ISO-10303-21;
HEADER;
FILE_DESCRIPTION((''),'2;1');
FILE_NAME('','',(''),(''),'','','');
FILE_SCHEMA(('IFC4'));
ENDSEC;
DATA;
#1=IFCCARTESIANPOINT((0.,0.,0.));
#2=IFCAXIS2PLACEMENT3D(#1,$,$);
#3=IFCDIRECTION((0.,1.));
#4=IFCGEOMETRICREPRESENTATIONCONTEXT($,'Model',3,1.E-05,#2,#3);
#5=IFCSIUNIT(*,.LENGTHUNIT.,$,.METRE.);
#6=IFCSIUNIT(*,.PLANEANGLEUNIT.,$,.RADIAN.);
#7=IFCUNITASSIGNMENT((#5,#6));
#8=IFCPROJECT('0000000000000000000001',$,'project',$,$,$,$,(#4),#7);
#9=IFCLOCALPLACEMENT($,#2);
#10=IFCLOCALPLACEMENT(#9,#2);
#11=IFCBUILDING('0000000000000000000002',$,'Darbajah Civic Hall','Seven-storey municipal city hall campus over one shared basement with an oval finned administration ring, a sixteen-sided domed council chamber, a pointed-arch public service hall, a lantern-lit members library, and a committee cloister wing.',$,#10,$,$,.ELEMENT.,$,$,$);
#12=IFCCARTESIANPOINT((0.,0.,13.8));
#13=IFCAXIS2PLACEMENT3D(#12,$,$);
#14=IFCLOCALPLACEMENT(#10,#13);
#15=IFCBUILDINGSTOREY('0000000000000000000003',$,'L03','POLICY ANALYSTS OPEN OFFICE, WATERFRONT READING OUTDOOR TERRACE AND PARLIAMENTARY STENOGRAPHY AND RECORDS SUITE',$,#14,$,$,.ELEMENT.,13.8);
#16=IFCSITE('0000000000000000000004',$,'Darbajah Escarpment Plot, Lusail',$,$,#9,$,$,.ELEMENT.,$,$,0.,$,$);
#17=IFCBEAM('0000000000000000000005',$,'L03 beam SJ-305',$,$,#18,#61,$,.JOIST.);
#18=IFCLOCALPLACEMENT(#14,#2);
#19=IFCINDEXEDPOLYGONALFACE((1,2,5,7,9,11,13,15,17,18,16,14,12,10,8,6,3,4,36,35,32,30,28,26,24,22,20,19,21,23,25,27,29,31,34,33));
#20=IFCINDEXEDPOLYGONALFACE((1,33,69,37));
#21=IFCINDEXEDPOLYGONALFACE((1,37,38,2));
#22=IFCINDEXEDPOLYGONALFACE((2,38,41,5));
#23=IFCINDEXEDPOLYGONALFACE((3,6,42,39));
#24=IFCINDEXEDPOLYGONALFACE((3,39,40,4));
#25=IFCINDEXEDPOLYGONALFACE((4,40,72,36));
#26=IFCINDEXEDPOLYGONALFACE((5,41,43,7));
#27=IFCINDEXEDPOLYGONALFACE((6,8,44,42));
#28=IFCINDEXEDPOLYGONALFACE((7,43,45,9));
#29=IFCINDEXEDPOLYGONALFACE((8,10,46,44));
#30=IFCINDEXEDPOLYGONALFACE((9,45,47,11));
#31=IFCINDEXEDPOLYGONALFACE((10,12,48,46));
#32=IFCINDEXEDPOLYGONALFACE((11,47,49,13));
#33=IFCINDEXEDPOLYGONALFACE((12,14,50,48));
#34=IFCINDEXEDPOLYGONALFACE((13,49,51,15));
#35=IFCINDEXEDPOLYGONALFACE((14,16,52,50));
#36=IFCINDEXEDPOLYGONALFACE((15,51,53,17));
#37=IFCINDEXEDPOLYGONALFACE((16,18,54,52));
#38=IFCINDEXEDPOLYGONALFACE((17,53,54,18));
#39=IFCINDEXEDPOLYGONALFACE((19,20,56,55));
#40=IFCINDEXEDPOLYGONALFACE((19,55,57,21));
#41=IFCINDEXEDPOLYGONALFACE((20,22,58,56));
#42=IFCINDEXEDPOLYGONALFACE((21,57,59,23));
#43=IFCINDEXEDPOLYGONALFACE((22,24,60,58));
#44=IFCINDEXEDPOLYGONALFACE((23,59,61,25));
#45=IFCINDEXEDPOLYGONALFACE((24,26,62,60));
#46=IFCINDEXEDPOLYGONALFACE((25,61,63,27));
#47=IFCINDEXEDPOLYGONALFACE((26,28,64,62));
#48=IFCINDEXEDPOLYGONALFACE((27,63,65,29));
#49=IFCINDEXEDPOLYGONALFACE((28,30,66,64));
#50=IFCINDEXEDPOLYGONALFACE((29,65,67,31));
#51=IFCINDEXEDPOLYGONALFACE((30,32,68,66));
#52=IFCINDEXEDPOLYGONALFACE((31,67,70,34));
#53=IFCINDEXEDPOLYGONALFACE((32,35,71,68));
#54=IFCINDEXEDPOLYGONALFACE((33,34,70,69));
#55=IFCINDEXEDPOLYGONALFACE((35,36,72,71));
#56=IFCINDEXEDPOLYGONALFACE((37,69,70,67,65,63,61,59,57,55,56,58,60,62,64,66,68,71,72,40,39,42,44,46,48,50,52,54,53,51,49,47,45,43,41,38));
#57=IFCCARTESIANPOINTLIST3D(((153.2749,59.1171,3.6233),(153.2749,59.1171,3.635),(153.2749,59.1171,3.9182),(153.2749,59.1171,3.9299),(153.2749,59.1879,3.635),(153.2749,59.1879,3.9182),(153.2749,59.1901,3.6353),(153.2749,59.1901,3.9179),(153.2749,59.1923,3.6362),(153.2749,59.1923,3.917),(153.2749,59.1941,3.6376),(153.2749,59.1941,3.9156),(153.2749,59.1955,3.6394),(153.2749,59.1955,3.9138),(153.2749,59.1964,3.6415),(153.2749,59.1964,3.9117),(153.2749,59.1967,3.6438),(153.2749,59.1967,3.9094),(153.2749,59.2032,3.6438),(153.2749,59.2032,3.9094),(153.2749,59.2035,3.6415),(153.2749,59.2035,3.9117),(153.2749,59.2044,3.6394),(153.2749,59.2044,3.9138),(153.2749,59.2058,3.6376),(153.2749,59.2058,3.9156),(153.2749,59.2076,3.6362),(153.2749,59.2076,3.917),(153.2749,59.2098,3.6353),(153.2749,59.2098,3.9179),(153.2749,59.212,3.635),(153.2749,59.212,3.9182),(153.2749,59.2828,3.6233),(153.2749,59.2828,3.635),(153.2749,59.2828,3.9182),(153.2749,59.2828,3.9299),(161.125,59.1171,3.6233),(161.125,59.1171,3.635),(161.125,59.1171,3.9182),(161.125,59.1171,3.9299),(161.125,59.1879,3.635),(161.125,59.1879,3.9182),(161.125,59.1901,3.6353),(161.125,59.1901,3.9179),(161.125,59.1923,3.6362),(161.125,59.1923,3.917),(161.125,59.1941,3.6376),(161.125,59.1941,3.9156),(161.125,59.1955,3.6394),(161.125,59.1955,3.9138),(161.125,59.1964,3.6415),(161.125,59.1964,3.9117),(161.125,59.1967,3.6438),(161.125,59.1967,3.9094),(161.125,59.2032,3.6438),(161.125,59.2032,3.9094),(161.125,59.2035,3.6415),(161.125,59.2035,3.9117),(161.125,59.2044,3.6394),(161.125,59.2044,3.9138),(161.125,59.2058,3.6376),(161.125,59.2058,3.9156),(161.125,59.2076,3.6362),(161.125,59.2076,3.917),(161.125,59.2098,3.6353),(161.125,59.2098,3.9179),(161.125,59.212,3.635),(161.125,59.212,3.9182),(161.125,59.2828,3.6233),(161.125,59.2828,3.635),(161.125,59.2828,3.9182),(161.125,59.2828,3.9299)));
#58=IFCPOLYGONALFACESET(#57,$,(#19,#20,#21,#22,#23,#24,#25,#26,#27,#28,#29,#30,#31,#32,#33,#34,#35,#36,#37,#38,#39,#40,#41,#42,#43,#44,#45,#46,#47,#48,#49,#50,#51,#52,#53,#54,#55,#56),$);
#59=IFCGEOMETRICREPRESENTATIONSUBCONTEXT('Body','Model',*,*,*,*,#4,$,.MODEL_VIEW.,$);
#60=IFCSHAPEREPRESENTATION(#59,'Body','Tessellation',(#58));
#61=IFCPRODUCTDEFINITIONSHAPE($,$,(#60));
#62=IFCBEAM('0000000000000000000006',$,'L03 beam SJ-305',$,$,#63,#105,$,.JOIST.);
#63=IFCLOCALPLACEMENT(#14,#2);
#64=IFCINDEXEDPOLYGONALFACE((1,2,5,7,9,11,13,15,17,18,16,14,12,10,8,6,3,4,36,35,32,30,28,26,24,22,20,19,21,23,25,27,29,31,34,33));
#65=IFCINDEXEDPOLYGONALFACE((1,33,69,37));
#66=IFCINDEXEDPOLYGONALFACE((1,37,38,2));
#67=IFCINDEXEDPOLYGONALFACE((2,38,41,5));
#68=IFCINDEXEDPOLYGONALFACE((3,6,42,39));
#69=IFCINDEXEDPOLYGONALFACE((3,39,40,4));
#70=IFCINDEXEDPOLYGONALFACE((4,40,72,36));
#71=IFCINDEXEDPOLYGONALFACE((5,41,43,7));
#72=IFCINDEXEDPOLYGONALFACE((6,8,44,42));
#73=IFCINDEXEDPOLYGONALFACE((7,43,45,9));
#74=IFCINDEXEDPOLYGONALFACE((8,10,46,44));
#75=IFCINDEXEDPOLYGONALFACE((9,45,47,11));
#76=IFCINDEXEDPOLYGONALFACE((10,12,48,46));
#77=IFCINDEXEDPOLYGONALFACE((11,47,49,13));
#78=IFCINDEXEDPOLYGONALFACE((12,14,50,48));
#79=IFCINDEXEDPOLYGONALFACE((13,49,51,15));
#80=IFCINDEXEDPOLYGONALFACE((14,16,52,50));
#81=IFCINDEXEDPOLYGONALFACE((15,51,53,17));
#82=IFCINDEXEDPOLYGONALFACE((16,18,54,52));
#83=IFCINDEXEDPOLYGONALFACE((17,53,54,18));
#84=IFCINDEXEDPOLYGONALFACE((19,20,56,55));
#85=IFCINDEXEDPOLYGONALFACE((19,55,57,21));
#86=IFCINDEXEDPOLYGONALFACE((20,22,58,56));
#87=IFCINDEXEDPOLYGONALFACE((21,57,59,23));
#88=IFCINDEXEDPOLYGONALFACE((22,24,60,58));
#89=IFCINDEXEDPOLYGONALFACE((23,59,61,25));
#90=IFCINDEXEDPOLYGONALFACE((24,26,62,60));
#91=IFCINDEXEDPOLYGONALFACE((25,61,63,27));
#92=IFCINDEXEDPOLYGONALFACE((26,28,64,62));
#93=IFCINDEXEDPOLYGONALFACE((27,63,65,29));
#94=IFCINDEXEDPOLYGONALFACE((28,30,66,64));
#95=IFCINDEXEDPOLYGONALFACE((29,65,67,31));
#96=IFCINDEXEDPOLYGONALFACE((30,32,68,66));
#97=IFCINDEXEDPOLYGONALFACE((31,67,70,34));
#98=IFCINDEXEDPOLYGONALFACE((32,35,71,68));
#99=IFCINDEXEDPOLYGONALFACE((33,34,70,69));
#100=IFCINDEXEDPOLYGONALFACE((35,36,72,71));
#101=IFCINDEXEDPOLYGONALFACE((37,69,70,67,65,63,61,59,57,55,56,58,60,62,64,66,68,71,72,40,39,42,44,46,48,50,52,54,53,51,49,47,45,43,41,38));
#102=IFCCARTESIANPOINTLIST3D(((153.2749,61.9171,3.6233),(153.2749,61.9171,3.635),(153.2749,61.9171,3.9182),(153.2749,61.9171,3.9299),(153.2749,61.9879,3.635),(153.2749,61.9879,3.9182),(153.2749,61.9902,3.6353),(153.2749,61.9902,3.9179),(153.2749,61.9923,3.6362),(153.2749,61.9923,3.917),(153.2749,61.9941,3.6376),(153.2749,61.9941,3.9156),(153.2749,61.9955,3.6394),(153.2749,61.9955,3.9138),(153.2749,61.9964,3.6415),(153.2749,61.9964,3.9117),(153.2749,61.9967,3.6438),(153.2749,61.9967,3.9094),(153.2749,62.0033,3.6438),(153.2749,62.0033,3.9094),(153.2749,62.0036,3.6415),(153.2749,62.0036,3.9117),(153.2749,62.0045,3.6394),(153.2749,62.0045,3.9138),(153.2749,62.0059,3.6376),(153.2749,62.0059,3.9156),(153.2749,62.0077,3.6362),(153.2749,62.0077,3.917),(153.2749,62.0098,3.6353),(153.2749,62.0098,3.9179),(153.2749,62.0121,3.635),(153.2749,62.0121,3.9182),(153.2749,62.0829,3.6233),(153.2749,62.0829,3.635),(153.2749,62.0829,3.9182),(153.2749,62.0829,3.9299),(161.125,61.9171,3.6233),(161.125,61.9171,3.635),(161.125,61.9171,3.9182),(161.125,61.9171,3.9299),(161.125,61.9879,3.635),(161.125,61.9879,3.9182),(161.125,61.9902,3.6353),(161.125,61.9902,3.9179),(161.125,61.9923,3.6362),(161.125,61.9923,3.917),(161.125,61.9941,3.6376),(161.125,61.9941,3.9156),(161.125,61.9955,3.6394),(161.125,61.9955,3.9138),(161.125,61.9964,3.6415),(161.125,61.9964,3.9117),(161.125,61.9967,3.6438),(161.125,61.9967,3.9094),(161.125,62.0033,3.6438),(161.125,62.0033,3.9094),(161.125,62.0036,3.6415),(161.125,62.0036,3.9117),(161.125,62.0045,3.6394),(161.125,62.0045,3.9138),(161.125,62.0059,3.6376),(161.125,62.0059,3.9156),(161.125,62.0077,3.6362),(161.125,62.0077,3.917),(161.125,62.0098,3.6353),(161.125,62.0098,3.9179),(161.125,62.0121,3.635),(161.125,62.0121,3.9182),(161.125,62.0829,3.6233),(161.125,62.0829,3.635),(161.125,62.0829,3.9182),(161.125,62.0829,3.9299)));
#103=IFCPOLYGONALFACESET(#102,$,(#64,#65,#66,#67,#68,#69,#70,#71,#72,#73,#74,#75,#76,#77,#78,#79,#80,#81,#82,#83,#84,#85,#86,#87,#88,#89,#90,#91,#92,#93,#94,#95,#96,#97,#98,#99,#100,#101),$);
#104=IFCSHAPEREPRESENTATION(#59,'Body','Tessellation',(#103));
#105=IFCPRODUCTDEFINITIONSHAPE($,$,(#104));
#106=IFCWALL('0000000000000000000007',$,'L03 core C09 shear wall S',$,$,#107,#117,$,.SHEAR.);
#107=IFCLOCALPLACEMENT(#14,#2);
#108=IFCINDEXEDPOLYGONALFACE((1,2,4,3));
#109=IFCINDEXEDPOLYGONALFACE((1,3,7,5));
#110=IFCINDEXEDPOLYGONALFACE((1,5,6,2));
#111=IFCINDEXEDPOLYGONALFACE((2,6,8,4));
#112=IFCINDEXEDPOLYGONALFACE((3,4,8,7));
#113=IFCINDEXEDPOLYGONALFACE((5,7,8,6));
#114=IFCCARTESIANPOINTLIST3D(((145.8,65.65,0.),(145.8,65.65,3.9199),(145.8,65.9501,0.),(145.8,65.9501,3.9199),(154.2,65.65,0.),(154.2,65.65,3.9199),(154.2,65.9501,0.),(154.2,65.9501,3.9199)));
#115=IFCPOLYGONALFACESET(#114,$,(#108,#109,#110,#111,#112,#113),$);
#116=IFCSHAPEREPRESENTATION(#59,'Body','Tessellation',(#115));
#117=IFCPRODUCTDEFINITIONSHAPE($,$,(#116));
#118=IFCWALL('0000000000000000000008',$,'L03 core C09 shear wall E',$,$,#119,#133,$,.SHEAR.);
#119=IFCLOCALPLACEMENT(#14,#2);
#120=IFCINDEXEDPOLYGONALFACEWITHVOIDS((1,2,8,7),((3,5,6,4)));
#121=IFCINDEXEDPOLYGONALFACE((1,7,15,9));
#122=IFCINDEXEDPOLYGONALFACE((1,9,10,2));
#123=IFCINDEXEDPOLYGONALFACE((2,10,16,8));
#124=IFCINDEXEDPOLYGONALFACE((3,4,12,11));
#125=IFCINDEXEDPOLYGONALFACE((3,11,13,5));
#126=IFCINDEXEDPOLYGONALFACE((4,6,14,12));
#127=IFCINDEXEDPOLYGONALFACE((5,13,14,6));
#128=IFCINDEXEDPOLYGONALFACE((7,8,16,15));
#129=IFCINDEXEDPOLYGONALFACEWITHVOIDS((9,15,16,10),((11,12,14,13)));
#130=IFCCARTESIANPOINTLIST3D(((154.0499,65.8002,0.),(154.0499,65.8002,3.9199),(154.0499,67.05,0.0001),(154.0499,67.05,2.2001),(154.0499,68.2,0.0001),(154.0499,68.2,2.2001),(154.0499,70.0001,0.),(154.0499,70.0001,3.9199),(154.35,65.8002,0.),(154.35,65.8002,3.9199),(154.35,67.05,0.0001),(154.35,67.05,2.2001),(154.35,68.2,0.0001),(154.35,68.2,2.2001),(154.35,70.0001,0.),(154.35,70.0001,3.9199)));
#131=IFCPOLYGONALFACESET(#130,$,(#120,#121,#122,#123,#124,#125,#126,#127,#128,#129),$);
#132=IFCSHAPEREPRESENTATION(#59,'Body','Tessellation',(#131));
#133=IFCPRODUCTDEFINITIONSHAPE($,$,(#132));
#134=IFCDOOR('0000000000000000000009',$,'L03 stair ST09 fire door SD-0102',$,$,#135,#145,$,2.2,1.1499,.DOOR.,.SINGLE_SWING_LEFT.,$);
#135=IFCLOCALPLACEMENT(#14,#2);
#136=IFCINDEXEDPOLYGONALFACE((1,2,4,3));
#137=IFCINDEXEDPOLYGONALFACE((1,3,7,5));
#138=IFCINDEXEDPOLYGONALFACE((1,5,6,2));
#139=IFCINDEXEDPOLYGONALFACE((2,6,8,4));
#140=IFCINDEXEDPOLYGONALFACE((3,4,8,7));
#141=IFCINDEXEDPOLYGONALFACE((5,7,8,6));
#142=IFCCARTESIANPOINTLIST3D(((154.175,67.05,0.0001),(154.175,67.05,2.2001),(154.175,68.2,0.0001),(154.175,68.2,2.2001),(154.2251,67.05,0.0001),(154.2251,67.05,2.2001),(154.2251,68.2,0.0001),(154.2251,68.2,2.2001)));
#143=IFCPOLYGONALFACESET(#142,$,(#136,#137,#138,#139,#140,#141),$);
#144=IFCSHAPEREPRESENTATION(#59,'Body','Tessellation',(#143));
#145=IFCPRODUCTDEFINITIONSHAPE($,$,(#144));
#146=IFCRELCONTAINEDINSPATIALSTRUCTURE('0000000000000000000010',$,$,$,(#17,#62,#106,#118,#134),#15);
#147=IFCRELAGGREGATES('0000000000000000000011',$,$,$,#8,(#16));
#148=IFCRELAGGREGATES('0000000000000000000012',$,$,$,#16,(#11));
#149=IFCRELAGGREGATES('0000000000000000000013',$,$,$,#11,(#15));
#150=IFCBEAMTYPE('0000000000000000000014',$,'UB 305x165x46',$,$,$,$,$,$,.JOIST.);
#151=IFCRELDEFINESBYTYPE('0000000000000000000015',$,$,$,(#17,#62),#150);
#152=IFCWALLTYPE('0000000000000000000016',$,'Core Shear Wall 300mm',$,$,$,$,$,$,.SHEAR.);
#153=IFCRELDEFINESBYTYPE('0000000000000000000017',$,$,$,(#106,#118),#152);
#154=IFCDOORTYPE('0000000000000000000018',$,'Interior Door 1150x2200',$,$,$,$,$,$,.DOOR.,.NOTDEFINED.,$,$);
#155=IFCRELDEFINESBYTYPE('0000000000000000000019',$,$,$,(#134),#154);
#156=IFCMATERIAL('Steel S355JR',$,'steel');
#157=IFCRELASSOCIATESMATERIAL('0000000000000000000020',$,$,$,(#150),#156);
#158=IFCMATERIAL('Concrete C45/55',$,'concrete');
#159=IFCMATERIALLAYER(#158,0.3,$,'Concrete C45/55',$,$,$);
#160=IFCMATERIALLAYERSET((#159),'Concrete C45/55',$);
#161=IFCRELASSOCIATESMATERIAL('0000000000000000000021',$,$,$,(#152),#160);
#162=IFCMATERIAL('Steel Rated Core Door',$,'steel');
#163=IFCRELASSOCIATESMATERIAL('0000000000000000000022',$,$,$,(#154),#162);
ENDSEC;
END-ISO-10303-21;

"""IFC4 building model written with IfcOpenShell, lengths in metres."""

from ifc_helpers import new_model, si_unit, direction, frame, frame_2d, origin, origin_2d, place, context, subcontext, project, spatial, rectangle, i_section, extrude, material, layer, layer_set, material_profile, profile_set, type_object, element, fill, save


model = new_model("IFC4")

# Units and contexts
model_context = context("Model", 3, precision=1e-05, world=origin(), true_north=direction((0.0, 1.0)))
body_context = subcontext(model_context, "Body", "Model", "MODEL_VIEW")
ifc_project = project(units=[si_unit("LENGTHUNIT", "METRE"), si_unit("PLANEANGLEUNIT", "RADIAN")], contexts=[model_context])

# Site, building, storey
site_placement = place(None, origin())
site = spatial("IfcSite", under=ifc_project, at=site_placement, Name="Darbajah Escarpment Plot, Lusail", CompositionType="ELEMENT", RefElevation=0.0)
building_placement = place(site_placement, origin())
building = spatial("IfcBuilding", under=site, at=building_placement, Name="Darbajah Civic Hall", Description="Seven-storey municipal city hall campus over one shared basement with an oval finned administration ring, a sixteen-sided domed council chamber, a pointed-arch public service hall, a lantern-lit members library, and a committee cloister wing.", CompositionType="ELEMENT")
storey_placement = place(building_placement, frame((0.0, 0.0, 13.8)))
storey = spatial("IfcBuildingStorey", under=building, at=storey_placement, Name="L03", Description="POLICY ANALYSTS OPEN OFFICE, WATERFRONT READING OUTDOOR TERRACE AND PARLIAMENTARY STENOGRAPHY AND RECORDS SUITE", CompositionType="ELEMENT", Elevation=13.8)

# Shared definitions
ifc_material_1 = material(Name="Steel S355JR", Category="steel")

# Beams
ifc_material_2 = material(Name="Concrete C45/55", Category="concrete")
ifc_material_profile_1 = material_profile(ifc_material_1, i_section(OverallWidth=0.1658, OverallDepth=0.3066, WebThickness=0.0066, FlangeThickness=0.0117, FilletRadius=0.0088, at=origin_2d()), Name="UB 305x165x46")
ifc_profile_set_1 = profile_set([ifc_material_profile_1], Name="Steel S355JR")
beam_type_1 = type_object("IfcBeamType", Name="UB 305x165x46", PredefinedType="JOIST", material=ifc_profile_set_1)
for number, where, z_axis, x_axis, name in (
    (1, (153.2749, 59.2, 3.7766), (1.0, 0.0, 0.0), (0.0, 1.0, 0.0), "L03 beam SJ-305"),
    (2, (153.2749, 62.0, 3.7766), (1.0, 0.0, 0.0), (0.0, 1.0, 0.0), "L03 beam SJ-305"),
):
    element("IfcBeam", number, at=place(storey_placement, frame(where, z_axis=z_axis, x_axis=x_axis)), inside=storey, type_object=beam_type_1, Name=name, PredefinedType="JOIST", context=body_context, shape_type="SweptSolid", body=[
        extrude(i_section(OverallWidth=0.1658, OverallDepth=0.3066, WebThickness=0.0066, FlangeThickness=0.0117, FilletRadius=0.0088, at=origin_2d()), origin(), (0.0, 0.0, 1.0), 7.8501),
    ])

# Wall
ifc_layer_1 = layer(ifc_material_2, 0.3, Name="Concrete C45/55")
ifc_layer_set_1 = layer_set([ifc_layer_1], Name="Concrete C45/55")
wall_type_1 = type_object("IfcWallType", Name="Core Shear Wall 300mm", PredefinedType="SHEAR", material=ifc_layer_set_1)
wall_1_placement = place(storey_placement, frame((145.8, 65.8, 0.0), z_axis=(0.0, 0.0, 1.0), x_axis=(1.0, 0.0, 0.0)))
element("IfcWall", 3, at=wall_1_placement, inside=storey, type_object=wall_type_1, Name="L03 core C09 shear wall S", PredefinedType="SHEAR", context=body_context, shape_type="SweptSolid", body=[
    extrude(rectangle(XDim=8.3999, YDim=0.3, at=frame_2d((4.2, 0.0))), origin(), (0.0, 0.0, 1.0), 3.9199),
])

# Wall, opening, door
wall_2_placement = place(storey_placement, frame((154.2, 65.8, 0.0), z_axis=(0.0, 0.0, 1.0), x_axis=(0.0, 1.0, 0.0)))
wall_2 = element("IfcWall", 4, at=wall_2_placement, inside=storey, type_object=wall_type_1, Name="L03 core C09 shear wall E", PredefinedType="SHEAR", context=body_context, shape_type="SweptSolid", body=[
    extrude(rectangle(XDim=4.2, YDim=0.3, at=frame_2d((2.1001, 0.0))), origin(), (0.0, 0.0, 1.0), 3.9199),
])
opening_1_placement = place(wall_2_placement, frame((1.25, 0.0, 0.0)))
opening_1 = element("IfcOpeningElement", 5, at=opening_1_placement, cuts=wall_2, PredefinedType="OPENING", context=body_context, shape_type="SweptSolid", body=[
    extrude(rectangle(XDim=1.1499, YDim=2.2, at=frame_2d((0.575, 1.1001))), frame((0.0, 0.1599, 0.0), z_axis=(0.0, -1.0, 0.0), x_axis=(1.0, 0.0, 0.0)), (0.0, 0.0, 1.0), 0.3201),
])
ifc_material_3 = material(Name="Steel Rated Core Door", Category="steel")
door_type_1 = type_object("IfcDoorType", Name="Interior Door 1150x2200", OperationType="NOTDEFINED", PredefinedType="DOOR", material=ifc_material_3)
door_1_placement = place(opening_1_placement, origin())
door_1 = element("IfcDoor", 6, at=door_1_placement, inside=storey, type_object=door_type_1, Name="L03 stair ST09 fire door SD-0102", OperationType="SINGLE_SWING_LEFT", OverallHeight=2.2, OverallWidth=1.1499, PredefinedType="DOOR", context=body_context, shape_type="SweptSolid", body=[
    extrude(rectangle(XDim=1.1499, YDim=2.2, at=frame_2d((0.575, 1.1001))), frame((0.0, 0.0249, 0.0), z_axis=(0.0, -1.0, 0.0), x_axis=(1.0, 0.0, 0.0)), (0.0, 0.0, 1.0), 0.05),
])
fill(opening_1, door_1)

save(model, "model.ifc")
